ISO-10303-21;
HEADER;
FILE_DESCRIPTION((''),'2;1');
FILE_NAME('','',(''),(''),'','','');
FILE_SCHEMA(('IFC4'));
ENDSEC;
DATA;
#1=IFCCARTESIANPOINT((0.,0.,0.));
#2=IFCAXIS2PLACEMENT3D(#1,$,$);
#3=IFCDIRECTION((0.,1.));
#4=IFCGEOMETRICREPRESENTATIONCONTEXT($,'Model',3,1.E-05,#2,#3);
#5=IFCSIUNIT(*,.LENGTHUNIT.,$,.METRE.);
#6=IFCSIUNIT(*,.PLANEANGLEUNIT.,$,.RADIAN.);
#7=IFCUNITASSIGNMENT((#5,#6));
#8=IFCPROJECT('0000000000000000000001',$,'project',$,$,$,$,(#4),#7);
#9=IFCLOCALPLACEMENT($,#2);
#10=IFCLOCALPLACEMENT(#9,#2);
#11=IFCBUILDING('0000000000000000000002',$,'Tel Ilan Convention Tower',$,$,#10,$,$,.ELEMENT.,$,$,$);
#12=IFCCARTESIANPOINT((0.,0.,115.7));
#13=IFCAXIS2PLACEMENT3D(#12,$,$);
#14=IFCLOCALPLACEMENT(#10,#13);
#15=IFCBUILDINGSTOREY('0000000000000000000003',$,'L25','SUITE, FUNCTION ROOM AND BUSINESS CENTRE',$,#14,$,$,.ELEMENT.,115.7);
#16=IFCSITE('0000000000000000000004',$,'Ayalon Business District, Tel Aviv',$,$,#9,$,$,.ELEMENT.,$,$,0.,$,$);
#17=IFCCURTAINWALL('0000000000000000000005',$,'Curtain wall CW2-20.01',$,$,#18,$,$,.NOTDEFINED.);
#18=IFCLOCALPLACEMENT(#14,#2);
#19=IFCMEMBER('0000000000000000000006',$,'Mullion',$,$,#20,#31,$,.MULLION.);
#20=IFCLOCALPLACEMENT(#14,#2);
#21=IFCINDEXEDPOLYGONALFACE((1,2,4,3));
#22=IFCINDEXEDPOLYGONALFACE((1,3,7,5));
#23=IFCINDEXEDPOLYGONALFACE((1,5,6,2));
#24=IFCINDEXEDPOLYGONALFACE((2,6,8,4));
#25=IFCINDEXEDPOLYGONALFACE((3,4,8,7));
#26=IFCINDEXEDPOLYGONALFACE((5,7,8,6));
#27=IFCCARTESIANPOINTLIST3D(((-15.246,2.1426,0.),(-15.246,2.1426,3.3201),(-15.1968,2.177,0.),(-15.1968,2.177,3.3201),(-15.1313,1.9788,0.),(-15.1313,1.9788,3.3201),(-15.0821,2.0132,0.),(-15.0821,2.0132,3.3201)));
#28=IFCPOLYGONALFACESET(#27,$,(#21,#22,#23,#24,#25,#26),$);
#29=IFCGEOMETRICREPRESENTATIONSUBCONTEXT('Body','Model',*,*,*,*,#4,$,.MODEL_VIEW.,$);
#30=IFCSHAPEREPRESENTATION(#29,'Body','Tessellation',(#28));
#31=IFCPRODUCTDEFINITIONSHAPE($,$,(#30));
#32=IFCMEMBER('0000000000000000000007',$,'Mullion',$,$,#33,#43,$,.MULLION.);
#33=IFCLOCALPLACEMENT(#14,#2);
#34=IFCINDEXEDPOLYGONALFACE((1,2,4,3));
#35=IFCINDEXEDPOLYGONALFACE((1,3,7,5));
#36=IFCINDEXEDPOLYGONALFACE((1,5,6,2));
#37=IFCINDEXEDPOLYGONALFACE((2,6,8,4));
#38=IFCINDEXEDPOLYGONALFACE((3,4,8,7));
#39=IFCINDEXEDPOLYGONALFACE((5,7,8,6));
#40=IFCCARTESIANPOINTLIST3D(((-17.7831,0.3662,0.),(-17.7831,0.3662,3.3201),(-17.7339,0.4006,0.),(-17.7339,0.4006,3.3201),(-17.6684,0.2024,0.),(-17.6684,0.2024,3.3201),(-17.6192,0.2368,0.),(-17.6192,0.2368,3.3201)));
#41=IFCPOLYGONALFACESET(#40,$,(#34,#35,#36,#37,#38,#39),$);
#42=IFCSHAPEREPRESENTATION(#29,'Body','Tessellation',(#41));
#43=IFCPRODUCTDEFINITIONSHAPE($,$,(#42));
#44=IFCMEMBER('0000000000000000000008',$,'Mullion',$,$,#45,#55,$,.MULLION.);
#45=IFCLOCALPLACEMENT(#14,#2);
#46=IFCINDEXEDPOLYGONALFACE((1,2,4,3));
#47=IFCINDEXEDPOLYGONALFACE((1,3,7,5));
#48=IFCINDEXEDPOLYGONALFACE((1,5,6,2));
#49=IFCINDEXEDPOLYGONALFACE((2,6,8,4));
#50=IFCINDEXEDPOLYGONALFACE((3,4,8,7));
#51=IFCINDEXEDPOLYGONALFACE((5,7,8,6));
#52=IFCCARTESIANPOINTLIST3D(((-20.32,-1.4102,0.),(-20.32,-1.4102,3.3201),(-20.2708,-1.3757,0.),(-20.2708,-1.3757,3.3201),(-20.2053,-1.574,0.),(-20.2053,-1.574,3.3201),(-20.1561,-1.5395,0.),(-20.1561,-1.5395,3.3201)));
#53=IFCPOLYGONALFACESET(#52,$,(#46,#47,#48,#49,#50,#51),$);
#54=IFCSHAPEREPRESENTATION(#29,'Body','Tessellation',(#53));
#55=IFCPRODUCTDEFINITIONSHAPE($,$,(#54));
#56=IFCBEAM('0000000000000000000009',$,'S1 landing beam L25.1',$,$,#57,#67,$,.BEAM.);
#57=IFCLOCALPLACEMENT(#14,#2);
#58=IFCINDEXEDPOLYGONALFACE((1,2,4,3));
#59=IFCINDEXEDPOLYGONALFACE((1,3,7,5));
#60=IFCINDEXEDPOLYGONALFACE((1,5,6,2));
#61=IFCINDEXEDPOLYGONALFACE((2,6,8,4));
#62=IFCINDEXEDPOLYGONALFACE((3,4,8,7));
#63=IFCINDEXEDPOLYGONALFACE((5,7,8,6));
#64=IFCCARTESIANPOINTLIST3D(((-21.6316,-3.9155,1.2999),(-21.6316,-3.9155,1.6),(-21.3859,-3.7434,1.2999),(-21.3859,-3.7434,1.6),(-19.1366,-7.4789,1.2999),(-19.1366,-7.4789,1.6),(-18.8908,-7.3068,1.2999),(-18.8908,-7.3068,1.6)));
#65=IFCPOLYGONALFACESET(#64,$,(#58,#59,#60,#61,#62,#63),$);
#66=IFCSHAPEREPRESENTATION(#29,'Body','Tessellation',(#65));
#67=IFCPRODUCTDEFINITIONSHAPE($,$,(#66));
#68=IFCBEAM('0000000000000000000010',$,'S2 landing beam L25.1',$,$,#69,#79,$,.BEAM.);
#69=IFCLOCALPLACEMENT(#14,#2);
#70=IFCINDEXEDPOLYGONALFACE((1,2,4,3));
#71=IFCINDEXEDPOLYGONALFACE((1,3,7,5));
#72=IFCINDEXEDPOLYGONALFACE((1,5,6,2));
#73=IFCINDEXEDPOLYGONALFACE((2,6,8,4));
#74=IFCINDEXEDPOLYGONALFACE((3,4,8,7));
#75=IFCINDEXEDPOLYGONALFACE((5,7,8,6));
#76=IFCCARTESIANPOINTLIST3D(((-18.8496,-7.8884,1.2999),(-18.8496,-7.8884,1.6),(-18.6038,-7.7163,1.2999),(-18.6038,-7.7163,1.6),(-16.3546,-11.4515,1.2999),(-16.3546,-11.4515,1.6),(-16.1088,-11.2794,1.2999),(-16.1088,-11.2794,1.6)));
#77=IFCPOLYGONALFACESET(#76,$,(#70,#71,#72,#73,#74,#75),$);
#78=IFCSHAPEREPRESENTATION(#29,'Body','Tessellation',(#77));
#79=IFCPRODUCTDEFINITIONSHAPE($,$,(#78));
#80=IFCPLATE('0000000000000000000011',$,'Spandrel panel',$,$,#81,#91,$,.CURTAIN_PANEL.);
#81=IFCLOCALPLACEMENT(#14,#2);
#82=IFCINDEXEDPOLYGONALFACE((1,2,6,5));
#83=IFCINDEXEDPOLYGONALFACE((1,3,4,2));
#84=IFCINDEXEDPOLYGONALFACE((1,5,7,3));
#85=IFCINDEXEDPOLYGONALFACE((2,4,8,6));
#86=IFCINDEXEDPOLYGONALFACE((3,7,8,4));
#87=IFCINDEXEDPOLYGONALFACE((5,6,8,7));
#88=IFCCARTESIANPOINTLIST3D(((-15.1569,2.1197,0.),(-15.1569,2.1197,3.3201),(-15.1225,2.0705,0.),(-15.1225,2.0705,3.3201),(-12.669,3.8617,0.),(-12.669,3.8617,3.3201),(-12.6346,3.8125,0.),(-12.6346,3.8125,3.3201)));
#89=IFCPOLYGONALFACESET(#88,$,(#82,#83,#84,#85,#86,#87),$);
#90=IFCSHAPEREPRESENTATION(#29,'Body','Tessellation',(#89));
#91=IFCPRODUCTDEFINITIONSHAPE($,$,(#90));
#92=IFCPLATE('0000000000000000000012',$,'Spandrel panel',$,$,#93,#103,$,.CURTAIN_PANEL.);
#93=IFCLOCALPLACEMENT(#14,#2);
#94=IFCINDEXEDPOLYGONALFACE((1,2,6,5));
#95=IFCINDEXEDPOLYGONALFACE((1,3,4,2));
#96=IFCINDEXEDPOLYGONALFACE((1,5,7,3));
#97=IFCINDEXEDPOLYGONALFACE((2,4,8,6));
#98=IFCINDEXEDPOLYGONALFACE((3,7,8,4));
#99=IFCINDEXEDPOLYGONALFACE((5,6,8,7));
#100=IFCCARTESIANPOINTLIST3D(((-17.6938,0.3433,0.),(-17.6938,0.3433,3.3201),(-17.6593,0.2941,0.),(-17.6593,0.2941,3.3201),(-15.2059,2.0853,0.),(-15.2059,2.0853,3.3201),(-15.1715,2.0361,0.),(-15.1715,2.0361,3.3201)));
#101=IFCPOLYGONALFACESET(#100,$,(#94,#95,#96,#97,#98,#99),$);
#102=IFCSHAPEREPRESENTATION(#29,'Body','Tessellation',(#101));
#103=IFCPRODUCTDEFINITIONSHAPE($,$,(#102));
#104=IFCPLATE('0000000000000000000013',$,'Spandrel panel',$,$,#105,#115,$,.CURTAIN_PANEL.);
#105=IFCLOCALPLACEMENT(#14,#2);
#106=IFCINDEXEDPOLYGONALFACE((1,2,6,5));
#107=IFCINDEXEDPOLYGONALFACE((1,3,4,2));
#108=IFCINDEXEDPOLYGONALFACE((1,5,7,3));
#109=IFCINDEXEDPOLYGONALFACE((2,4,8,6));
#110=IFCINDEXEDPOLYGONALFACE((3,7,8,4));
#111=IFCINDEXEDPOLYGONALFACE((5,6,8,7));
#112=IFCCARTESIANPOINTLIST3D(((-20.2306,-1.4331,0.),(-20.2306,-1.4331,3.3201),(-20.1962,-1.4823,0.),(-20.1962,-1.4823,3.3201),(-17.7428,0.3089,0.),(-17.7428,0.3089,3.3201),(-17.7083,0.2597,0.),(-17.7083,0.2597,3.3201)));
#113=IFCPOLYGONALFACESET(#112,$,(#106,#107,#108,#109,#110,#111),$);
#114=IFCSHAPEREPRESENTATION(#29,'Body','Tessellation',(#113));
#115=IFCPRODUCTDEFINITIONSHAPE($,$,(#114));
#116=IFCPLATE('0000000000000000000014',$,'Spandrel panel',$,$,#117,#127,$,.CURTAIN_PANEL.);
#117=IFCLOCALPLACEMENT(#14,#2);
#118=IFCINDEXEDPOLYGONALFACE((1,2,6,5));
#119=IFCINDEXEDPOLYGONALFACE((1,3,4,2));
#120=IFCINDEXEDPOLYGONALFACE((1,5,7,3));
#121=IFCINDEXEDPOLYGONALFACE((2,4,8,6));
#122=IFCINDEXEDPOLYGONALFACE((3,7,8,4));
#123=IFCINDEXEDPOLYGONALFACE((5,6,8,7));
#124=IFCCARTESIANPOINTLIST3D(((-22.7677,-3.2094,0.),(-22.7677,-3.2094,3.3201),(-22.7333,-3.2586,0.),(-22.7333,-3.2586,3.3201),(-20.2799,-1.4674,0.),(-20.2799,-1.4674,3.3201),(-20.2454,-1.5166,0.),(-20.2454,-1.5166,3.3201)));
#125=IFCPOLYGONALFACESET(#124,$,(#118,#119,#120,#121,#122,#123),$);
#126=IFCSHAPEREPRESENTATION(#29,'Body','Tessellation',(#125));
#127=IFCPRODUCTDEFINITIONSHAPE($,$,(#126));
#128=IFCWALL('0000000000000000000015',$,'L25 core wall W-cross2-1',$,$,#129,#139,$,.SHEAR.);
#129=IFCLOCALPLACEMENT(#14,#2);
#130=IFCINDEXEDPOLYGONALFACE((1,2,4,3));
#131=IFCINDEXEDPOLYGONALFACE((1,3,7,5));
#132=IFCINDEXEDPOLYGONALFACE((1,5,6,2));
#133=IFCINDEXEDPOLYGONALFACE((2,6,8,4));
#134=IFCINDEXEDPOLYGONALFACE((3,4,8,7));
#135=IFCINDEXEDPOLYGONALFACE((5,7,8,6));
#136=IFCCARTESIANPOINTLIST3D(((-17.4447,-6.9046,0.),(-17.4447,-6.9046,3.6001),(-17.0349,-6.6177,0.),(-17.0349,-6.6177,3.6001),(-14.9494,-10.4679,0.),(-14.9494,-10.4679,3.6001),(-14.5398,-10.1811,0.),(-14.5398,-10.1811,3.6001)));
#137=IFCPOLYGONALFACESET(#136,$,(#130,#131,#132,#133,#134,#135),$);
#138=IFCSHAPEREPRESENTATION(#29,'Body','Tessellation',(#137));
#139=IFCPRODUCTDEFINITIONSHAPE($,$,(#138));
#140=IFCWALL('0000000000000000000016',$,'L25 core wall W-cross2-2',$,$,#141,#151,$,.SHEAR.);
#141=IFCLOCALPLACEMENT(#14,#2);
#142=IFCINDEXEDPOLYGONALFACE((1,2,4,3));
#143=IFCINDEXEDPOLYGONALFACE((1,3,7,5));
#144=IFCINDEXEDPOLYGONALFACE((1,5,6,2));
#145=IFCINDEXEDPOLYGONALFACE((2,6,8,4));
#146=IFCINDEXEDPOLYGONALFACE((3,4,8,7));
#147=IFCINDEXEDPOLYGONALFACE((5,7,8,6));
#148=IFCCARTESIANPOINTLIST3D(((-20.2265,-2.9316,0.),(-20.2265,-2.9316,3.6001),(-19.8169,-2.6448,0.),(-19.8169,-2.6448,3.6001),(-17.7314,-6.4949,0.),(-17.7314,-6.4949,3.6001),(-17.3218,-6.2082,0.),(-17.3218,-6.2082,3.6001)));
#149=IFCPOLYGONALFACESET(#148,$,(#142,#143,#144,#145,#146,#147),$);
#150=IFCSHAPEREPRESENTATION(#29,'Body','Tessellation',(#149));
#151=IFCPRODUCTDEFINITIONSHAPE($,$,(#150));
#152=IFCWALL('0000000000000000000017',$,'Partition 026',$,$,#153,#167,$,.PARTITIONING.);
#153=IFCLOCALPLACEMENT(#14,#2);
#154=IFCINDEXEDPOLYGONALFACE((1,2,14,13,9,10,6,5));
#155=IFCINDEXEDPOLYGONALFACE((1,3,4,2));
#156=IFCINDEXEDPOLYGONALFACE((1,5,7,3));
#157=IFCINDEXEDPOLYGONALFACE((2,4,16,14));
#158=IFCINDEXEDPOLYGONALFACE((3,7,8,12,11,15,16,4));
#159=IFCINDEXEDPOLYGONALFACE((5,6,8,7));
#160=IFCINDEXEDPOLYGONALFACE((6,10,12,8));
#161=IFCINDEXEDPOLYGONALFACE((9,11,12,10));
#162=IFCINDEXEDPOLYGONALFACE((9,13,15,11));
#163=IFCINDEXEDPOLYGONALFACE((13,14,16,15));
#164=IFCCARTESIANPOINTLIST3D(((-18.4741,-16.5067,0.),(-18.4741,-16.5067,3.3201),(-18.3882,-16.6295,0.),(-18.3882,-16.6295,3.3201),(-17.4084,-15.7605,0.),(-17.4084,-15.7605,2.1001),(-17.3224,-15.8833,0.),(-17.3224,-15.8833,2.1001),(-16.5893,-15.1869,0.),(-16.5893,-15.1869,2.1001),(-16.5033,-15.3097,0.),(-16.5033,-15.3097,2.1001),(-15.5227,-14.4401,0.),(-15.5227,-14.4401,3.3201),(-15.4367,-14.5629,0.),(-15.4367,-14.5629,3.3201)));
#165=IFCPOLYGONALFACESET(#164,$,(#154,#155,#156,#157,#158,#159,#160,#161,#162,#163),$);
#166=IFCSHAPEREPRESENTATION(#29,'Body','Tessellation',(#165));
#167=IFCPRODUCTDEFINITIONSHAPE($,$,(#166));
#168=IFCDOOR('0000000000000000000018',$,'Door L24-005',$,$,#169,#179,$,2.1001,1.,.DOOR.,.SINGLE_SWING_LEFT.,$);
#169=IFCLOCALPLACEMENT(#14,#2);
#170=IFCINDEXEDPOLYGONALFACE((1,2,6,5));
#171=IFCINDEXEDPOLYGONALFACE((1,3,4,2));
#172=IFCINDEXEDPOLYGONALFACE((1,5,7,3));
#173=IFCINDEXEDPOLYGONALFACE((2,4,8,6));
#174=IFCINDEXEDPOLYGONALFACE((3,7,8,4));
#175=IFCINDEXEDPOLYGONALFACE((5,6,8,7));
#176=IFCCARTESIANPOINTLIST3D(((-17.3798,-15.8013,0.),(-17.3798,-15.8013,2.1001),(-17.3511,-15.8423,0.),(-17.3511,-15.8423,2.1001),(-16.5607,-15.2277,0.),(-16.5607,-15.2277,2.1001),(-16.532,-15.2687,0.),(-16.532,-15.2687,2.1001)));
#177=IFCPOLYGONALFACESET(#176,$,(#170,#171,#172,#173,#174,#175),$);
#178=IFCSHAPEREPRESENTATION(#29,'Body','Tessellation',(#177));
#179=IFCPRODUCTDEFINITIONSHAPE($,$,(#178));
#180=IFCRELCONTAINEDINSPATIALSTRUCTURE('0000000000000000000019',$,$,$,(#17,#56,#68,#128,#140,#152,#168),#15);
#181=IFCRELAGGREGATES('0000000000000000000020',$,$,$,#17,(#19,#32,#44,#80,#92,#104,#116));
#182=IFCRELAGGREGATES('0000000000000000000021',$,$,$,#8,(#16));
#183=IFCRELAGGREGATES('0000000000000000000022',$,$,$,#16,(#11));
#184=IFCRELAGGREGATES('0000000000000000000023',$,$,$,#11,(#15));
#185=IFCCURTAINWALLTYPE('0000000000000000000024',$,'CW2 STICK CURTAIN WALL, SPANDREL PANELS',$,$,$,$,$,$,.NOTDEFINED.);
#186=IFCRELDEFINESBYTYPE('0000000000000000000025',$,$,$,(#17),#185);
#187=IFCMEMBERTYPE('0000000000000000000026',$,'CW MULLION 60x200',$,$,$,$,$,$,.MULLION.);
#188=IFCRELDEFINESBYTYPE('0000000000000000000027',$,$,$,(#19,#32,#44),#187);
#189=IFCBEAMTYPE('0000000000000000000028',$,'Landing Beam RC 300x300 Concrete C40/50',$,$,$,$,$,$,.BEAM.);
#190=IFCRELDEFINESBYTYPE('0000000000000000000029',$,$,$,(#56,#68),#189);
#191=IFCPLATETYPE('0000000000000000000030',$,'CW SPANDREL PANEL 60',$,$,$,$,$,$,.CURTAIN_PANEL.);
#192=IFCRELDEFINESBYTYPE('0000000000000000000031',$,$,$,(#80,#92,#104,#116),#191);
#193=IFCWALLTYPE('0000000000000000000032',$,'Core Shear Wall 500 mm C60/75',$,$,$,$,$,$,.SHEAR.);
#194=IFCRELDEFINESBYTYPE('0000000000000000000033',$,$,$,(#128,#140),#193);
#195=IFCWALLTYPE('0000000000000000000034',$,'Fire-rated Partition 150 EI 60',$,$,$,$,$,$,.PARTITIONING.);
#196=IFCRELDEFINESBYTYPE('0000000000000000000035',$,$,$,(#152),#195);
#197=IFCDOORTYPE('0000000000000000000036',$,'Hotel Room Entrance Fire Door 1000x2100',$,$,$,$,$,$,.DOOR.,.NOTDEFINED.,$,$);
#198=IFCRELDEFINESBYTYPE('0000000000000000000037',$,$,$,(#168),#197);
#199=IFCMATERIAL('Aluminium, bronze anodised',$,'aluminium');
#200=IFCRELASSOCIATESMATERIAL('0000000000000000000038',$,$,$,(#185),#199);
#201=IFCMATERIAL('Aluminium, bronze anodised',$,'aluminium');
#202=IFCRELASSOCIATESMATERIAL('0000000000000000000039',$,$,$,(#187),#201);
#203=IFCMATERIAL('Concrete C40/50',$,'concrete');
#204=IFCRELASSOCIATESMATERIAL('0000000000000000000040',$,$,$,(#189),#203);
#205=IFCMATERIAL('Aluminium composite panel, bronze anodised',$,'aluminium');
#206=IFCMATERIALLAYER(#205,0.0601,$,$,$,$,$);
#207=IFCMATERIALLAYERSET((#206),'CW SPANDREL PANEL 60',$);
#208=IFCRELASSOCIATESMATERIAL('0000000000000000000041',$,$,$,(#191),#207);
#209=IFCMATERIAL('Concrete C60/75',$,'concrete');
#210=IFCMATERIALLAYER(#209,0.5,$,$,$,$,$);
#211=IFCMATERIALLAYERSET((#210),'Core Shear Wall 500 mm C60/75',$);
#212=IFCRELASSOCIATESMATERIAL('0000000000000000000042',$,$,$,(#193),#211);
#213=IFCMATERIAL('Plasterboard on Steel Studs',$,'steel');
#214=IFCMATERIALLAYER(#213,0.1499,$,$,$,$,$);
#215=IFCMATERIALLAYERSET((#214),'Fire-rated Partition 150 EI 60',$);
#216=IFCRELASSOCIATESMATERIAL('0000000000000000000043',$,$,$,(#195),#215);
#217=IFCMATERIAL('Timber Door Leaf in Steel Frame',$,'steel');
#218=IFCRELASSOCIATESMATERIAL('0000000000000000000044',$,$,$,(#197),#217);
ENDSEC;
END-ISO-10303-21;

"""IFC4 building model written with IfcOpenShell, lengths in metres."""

from ifc_helpers import new_model, si_unit, direction, frame, frame_2d, origin, origin_2d, place, context, subcontext, project, spatial, polyline, rectangle, outline, extrude, material, layer, layer_set, material_profile, profile_set, type_object, element, fill, aggregate, save


model = new_model("IFC4")

# Units and contexts
model_context = context("Model", 3, precision=1e-05, world=origin(), true_north=direction((0.0, 1.0)))
body_context = subcontext(model_context, "Body", "Model", "MODEL_VIEW")
ifc_project = project(units=[si_unit("LENGTHUNIT", "METRE"), si_unit("PLANEANGLEUNIT", "RADIAN")], contexts=[model_context])

# Site, building, storey
site_placement = place(None, origin())
site = spatial("IfcSite", under=ifc_project, at=site_placement, Name="Ayalon Business District, Tel Aviv", CompositionType="ELEMENT", RefElevation=0.0)
building_placement = place(site_placement, origin())
building = spatial("IfcBuilding", under=site, at=building_placement, Name="Tel Ilan Convention Tower", CompositionType="ELEMENT")
storey_placement = place(building_placement, frame((0.0, 0.0, 115.7)))
storey = spatial("IfcBuildingStorey", under=building, at=storey_placement, Name="L25", Description="SUITE, FUNCTION ROOM AND BUSINESS CENTRE", CompositionType="ELEMENT", Elevation=115.7)

# Curtain wall, members
ifc_material_1 = material(Name="Aluminium, bronze anodised", Category="aluminium")
curtain_wall_type = type_object("IfcCurtainWallType", Name="CW2 STICK CURTAIN WALL, SPANDREL PANELS", PredefinedType="NOTDEFINED", material=ifc_material_1)
curtain_wall_placement = place(storey_placement, origin())
curtain_wall = element("IfcCurtainWall", 1, at=curtain_wall_placement, inside=storey, type_object=curtain_wall_type, Name="Curtain wall CW2-20.01", PredefinedType="NOTDEFINED")
ifc_material_2 = material(Name="Aluminium, bronze anodised", Category="aluminium")
ifc_material_profile_1 = material_profile(ifc_material_2, rectangle(XDim=0.0601, YDim=0.2, at=origin_2d()), Name="CW MULLION 60x200")
ifc_profile_set_1 = profile_set([ifc_material_profile_1], Name="Aluminium, bronze anodised")
member_type = type_object("IfcMemberType", Name="CW MULLION 60x200", PredefinedType="MULLION", material=ifc_profile_set_1)
member_1_placement = place(storey_placement, frame((-15.1641, 2.0779, 0.0), z_axis=(0.0, 0.0, 1.0), x_axis=(-0.819152, -0.573576, 0.0)))
member_1 = element("IfcMember", 2, at=member_1_placement, type_object=member_type, Name="Mullion", PredefinedType="MULLION", context=body_context, shape_type="SweptSolid", body=[
    extrude(rectangle(XDim=0.0601, YDim=0.2, at=origin_2d()), origin(), (0.0, 0.0, 1.0), 3.3201),
])
member_2_placement = place(storey_placement, frame((-17.7012, 0.3015, 0.0), z_axis=(0.0, 0.0, 1.0), x_axis=(-0.819152, -0.573576, 0.0)))
member_2 = element("IfcMember", 3, at=member_2_placement, type_object=member_type, Name="Mullion", PredefinedType="MULLION", context=body_context, shape_type="SweptSolid", body=[
    extrude(rectangle(XDim=0.0601, YDim=0.2, at=origin_2d()), origin(), (0.0, 0.0, 1.0), 3.3201),
])
member_3_placement = place(storey_placement, frame((-20.238, -1.4749, 0.0), z_axis=(0.0, 0.0, 1.0), x_axis=(-0.819152, -0.573576, 0.0)))
member_3 = element("IfcMember", 4, at=member_3_placement, type_object=member_type, Name="Mullion", PredefinedType="MULLION", context=body_context, shape_type="SweptSolid", body=[
    extrude(rectangle(XDim=0.0601, YDim=0.2, at=origin_2d()), origin(), (0.0, 0.0, 1.0), 3.3201),
])

# Beams
ifc_material_3 = material(Name="Concrete C40/50", Category="concrete")
ifc_material_profile_2 = material_profile(ifc_material_3, rectangle(XDim=0.3, YDim=0.3, at=origin_2d()), Name="RC 300x300")
ifc_profile_set_2 = profile_set([ifc_material_profile_2], Name="Concrete C40/50")
beam_type = type_object("IfcBeamType", Name="Landing Beam RC 300x300 Concrete C40/50", PredefinedType="BEAM", material=ifc_profile_set_2)
beam_1_placement = place(storey_placement, frame((-19.0137, -7.3928, 1.45), z_axis=(-0.573568, 0.819158, 0.0), x_axis=(-0.819158, -0.573568, 0.0)))
element("IfcBeam", 5, at=beam_1_placement, inside=storey, type_object=beam_type, Name="S1 landing beam L25.1", PredefinedType="BEAM", context=body_context, shape_type="SweptSolid", body=[
    extrude(rectangle(XDim=0.3, YDim=0.3, at=origin_2d()), origin(), (0.0, 0.0, 1.0), 4.3501),
])
beam_2_placement = place(storey_placement, frame((-16.2317, -11.3655, 1.45), z_axis=(-0.573594, 0.81914, 0.0), x_axis=(-0.81914, -0.573594, 0.0)))
element("IfcBeam", 6, at=beam_2_placement, inside=storey, type_object=beam_type, Name="S2 landing beam L25.1", PredefinedType="BEAM", context=body_context, shape_type="SweptSolid", body=[
    extrude(rectangle(XDim=0.3, YDim=0.3, at=origin_2d()), origin(), (0.0, 0.0, 1.0), 4.3499),
])

# Plates
ifc_material_4 = material(Name="Aluminium composite panel, bronze anodised", Category="aluminium")
ifc_layer_1 = layer(ifc_material_4, 0.0601)
ifc_layer_set_1 = layer_set([ifc_layer_1], Name="CW SPANDREL PANEL 60")
plate_type = type_object("IfcPlateType", Name="CW SPANDREL PANEL 60", PredefinedType="CURTAIN_PANEL", material=ifc_layer_set_1)
plate_1_placement = place(storey_placement, frame((-13.8958, 2.9661, 0.0), z_axis=(0.0, 0.0, 1.0), x_axis=(-0.819152, -0.573576, 0.0)))
plate_1 = element("IfcPlate", 7, at=plate_1_placement, type_object=plate_type, Name="Spandrel panel", PredefinedType="CURTAIN_PANEL", context=body_context, shape_type="SweptSolid", body=[
    extrude(rectangle(XDim=3.0371, YDim=0.0601, at=origin_2d()), origin(), (0.0, 0.0, 1.0), 3.3201),
])
plate_2_placement = place(storey_placement, frame((-16.4326, 1.1897, 0.0), z_axis=(0.0, 0.0, 1.0), x_axis=(-0.819152, -0.573576, 0.0)))
plate_2 = element("IfcPlate", 8, at=plate_2_placement, type_object=plate_type, Name="Spandrel panel", PredefinedType="CURTAIN_PANEL", context=body_context, shape_type="SweptSolid", body=[
    extrude(rectangle(XDim=3.0371, YDim=0.0601, at=origin_2d()), origin(), (0.0, 0.0, 1.0), 3.3201),
])
plate_3_placement = place(storey_placement, frame((-18.9695, -0.5867, 0.0), z_axis=(0.0, 0.0, 1.0), x_axis=(-0.819152, -0.573576, 0.0)))
plate_3 = element("IfcPlate", 9, at=plate_3_placement, type_object=plate_type, Name="Spandrel panel", PredefinedType="CURTAIN_PANEL", context=body_context, shape_type="SweptSolid", body=[
    extrude(rectangle(XDim=3.0371, YDim=0.0601, at=origin_2d()), origin(), (0.0, 0.0, 1.0), 3.3201),
])
plate_4_placement = place(storey_placement, frame((-21.5066, -2.363, 0.0), z_axis=(0.0, 0.0, 1.0), x_axis=(-0.819152, -0.573576, 0.0)))
plate_4 = element("IfcPlate", 10, at=plate_4_placement, type_object=plate_type, Name="Spandrel panel", PredefinedType="CURTAIN_PANEL", context=body_context, shape_type="SweptSolid", body=[
    extrude(rectangle(XDim=3.0371, YDim=0.0601, at=origin_2d()), origin(), (0.0, 0.0, 1.0), 3.3201),
])
aggregate(curtain_wall, [member_1, member_2, member_3, plate_1, plate_2, plate_3, plate_4])

# Walls
ifc_material_5 = material(Name="Concrete C60/75", Category="concrete")
ifc_layer_2 = layer(ifc_material_5, 0.5)
ifc_layer_set_2 = layer_set([ifc_layer_2], Name="Core Shear Wall 500 mm C60/75")
wall_type_1 = type_object("IfcWallType", Name="Core Shear Wall 500 mm C60/75", PredefinedType="SHEAR", material=ifc_layer_set_2)
wall_1_placement = place(storey_placement, frame((-14.7446, -10.3245, 0.0), z_axis=(0.0, 0.0, 1.0), x_axis=(-0.573568, 0.819158, 0.0)))
element("IfcWall", 11, at=wall_1_placement, inside=storey, type_object=wall_type_1, Name="L25 core wall W-cross2-1", PredefinedType="SHEAR", context=body_context, shape_type="SweptSolid", body=[
    extrude(outline(polyline([(4.3501, 0.2502), (0.0, 0.25), (0.0, -0.25), (4.3501, -0.25), (4.3501, 0.2502)])), origin(), (0.0, 0.0, 1.0), 3.6001),
])
wall_2_placement = place(storey_placement, frame((-17.5266, -6.3516, 0.0), z_axis=(0.0, 0.0, 1.0), x_axis=(-0.57353, 0.819184, 0.0)))
element("IfcWall", 12, at=wall_2_placement, inside=storey, type_object=wall_type_1, Name="L25 core wall W-cross2-2", PredefinedType="SHEAR", context=body_context, shape_type="SweptSolid", body=[
    extrude(outline(polyline([(4.3501, -0.2498), (4.3501, 0.2502), (0.0, 0.25), (0.0, -0.25), (4.3501, -0.2498)])), origin(), (0.0, 0.0, 1.0), 3.6001),
])

# Wall, opening, door
ifc_material_6 = material(Name="Plasterboard on Steel Studs", Category="steel")
ifc_layer_3 = layer(ifc_material_6, 0.1499)
ifc_layer_set_3 = layer_set([ifc_layer_3], Name="Fire-rated Partition 150 EI 60")
wall_type_2 = type_object("IfcWallType", Name="Fire-rated Partition 150 EI 60", PredefinedType="PARTITIONING", material=ifc_layer_set_3)
wall_3_placement = place(storey_placement, frame((-15.4797, -14.5015, 0.0), z_axis=(0.0, 0.0, 1.0), x_axis=(-0.819146, -0.573585, 0.0)))
wall_3 = element("IfcWall", 13, at=wall_3_placement, inside=storey, type_object=wall_type_2, Name="Partition 026", PredefinedType="PARTITIONING", context=body_context, shape_type="SweptSolid", body=[
    extrude(rectangle(XDim=3.603, YDim=0.1499, at=frame_2d((1.8015, 0.0))), origin(), (0.0, 0.0, 1.0), 3.3201),
])
opening_placement = place(wall_3_placement, frame((1.302, 0.0, 0.0)))
opening = element("IfcOpeningElement", 14, at=opening_placement, cuts=wall_3, PredefinedType="OPENING", context=body_context, shape_type="SweptSolid", body=[
    extrude(rectangle(XDim=1.0, YDim=2.1001, at=frame_2d((0.5, 1.05))), frame((0.0, 0.085, 0.0), z_axis=(0.0, -1.0, 0.0), x_axis=(1.0, 0.0, 0.0)), (0.0, 0.0, 1.0), 0.1699),
])
ifc_material_7 = material(Name="Timber Door Leaf in Steel Frame", Category="steel")
door_type = type_object("IfcDoorType", Name="Hotel Room Entrance Fire Door 1000x2100", OperationType="NOTDEFINED", PredefinedType="DOOR", material=ifc_material_7)
door_placement = place(opening_placement, origin())
door = element("IfcDoor", 15, at=door_placement, inside=storey, type_object=door_type, Name="Door L24-005", OperationType="SINGLE_SWING_LEFT", OverallHeight=2.1001, OverallWidth=1.0, PredefinedType="DOOR", context=body_context, shape_type="SweptSolid", body=[
    extrude(rectangle(XDim=1.0, YDim=2.1001, at=frame_2d((0.5, 1.05))), frame((0.0, 0.0249, 0.0), z_axis=(0.0, -1.0, 0.0), x_axis=(1.0, 0.0, 0.0)), (0.0, 0.0, 1.0), 0.05),
])
fill(opening, door)

save(model, "model.ifc")
